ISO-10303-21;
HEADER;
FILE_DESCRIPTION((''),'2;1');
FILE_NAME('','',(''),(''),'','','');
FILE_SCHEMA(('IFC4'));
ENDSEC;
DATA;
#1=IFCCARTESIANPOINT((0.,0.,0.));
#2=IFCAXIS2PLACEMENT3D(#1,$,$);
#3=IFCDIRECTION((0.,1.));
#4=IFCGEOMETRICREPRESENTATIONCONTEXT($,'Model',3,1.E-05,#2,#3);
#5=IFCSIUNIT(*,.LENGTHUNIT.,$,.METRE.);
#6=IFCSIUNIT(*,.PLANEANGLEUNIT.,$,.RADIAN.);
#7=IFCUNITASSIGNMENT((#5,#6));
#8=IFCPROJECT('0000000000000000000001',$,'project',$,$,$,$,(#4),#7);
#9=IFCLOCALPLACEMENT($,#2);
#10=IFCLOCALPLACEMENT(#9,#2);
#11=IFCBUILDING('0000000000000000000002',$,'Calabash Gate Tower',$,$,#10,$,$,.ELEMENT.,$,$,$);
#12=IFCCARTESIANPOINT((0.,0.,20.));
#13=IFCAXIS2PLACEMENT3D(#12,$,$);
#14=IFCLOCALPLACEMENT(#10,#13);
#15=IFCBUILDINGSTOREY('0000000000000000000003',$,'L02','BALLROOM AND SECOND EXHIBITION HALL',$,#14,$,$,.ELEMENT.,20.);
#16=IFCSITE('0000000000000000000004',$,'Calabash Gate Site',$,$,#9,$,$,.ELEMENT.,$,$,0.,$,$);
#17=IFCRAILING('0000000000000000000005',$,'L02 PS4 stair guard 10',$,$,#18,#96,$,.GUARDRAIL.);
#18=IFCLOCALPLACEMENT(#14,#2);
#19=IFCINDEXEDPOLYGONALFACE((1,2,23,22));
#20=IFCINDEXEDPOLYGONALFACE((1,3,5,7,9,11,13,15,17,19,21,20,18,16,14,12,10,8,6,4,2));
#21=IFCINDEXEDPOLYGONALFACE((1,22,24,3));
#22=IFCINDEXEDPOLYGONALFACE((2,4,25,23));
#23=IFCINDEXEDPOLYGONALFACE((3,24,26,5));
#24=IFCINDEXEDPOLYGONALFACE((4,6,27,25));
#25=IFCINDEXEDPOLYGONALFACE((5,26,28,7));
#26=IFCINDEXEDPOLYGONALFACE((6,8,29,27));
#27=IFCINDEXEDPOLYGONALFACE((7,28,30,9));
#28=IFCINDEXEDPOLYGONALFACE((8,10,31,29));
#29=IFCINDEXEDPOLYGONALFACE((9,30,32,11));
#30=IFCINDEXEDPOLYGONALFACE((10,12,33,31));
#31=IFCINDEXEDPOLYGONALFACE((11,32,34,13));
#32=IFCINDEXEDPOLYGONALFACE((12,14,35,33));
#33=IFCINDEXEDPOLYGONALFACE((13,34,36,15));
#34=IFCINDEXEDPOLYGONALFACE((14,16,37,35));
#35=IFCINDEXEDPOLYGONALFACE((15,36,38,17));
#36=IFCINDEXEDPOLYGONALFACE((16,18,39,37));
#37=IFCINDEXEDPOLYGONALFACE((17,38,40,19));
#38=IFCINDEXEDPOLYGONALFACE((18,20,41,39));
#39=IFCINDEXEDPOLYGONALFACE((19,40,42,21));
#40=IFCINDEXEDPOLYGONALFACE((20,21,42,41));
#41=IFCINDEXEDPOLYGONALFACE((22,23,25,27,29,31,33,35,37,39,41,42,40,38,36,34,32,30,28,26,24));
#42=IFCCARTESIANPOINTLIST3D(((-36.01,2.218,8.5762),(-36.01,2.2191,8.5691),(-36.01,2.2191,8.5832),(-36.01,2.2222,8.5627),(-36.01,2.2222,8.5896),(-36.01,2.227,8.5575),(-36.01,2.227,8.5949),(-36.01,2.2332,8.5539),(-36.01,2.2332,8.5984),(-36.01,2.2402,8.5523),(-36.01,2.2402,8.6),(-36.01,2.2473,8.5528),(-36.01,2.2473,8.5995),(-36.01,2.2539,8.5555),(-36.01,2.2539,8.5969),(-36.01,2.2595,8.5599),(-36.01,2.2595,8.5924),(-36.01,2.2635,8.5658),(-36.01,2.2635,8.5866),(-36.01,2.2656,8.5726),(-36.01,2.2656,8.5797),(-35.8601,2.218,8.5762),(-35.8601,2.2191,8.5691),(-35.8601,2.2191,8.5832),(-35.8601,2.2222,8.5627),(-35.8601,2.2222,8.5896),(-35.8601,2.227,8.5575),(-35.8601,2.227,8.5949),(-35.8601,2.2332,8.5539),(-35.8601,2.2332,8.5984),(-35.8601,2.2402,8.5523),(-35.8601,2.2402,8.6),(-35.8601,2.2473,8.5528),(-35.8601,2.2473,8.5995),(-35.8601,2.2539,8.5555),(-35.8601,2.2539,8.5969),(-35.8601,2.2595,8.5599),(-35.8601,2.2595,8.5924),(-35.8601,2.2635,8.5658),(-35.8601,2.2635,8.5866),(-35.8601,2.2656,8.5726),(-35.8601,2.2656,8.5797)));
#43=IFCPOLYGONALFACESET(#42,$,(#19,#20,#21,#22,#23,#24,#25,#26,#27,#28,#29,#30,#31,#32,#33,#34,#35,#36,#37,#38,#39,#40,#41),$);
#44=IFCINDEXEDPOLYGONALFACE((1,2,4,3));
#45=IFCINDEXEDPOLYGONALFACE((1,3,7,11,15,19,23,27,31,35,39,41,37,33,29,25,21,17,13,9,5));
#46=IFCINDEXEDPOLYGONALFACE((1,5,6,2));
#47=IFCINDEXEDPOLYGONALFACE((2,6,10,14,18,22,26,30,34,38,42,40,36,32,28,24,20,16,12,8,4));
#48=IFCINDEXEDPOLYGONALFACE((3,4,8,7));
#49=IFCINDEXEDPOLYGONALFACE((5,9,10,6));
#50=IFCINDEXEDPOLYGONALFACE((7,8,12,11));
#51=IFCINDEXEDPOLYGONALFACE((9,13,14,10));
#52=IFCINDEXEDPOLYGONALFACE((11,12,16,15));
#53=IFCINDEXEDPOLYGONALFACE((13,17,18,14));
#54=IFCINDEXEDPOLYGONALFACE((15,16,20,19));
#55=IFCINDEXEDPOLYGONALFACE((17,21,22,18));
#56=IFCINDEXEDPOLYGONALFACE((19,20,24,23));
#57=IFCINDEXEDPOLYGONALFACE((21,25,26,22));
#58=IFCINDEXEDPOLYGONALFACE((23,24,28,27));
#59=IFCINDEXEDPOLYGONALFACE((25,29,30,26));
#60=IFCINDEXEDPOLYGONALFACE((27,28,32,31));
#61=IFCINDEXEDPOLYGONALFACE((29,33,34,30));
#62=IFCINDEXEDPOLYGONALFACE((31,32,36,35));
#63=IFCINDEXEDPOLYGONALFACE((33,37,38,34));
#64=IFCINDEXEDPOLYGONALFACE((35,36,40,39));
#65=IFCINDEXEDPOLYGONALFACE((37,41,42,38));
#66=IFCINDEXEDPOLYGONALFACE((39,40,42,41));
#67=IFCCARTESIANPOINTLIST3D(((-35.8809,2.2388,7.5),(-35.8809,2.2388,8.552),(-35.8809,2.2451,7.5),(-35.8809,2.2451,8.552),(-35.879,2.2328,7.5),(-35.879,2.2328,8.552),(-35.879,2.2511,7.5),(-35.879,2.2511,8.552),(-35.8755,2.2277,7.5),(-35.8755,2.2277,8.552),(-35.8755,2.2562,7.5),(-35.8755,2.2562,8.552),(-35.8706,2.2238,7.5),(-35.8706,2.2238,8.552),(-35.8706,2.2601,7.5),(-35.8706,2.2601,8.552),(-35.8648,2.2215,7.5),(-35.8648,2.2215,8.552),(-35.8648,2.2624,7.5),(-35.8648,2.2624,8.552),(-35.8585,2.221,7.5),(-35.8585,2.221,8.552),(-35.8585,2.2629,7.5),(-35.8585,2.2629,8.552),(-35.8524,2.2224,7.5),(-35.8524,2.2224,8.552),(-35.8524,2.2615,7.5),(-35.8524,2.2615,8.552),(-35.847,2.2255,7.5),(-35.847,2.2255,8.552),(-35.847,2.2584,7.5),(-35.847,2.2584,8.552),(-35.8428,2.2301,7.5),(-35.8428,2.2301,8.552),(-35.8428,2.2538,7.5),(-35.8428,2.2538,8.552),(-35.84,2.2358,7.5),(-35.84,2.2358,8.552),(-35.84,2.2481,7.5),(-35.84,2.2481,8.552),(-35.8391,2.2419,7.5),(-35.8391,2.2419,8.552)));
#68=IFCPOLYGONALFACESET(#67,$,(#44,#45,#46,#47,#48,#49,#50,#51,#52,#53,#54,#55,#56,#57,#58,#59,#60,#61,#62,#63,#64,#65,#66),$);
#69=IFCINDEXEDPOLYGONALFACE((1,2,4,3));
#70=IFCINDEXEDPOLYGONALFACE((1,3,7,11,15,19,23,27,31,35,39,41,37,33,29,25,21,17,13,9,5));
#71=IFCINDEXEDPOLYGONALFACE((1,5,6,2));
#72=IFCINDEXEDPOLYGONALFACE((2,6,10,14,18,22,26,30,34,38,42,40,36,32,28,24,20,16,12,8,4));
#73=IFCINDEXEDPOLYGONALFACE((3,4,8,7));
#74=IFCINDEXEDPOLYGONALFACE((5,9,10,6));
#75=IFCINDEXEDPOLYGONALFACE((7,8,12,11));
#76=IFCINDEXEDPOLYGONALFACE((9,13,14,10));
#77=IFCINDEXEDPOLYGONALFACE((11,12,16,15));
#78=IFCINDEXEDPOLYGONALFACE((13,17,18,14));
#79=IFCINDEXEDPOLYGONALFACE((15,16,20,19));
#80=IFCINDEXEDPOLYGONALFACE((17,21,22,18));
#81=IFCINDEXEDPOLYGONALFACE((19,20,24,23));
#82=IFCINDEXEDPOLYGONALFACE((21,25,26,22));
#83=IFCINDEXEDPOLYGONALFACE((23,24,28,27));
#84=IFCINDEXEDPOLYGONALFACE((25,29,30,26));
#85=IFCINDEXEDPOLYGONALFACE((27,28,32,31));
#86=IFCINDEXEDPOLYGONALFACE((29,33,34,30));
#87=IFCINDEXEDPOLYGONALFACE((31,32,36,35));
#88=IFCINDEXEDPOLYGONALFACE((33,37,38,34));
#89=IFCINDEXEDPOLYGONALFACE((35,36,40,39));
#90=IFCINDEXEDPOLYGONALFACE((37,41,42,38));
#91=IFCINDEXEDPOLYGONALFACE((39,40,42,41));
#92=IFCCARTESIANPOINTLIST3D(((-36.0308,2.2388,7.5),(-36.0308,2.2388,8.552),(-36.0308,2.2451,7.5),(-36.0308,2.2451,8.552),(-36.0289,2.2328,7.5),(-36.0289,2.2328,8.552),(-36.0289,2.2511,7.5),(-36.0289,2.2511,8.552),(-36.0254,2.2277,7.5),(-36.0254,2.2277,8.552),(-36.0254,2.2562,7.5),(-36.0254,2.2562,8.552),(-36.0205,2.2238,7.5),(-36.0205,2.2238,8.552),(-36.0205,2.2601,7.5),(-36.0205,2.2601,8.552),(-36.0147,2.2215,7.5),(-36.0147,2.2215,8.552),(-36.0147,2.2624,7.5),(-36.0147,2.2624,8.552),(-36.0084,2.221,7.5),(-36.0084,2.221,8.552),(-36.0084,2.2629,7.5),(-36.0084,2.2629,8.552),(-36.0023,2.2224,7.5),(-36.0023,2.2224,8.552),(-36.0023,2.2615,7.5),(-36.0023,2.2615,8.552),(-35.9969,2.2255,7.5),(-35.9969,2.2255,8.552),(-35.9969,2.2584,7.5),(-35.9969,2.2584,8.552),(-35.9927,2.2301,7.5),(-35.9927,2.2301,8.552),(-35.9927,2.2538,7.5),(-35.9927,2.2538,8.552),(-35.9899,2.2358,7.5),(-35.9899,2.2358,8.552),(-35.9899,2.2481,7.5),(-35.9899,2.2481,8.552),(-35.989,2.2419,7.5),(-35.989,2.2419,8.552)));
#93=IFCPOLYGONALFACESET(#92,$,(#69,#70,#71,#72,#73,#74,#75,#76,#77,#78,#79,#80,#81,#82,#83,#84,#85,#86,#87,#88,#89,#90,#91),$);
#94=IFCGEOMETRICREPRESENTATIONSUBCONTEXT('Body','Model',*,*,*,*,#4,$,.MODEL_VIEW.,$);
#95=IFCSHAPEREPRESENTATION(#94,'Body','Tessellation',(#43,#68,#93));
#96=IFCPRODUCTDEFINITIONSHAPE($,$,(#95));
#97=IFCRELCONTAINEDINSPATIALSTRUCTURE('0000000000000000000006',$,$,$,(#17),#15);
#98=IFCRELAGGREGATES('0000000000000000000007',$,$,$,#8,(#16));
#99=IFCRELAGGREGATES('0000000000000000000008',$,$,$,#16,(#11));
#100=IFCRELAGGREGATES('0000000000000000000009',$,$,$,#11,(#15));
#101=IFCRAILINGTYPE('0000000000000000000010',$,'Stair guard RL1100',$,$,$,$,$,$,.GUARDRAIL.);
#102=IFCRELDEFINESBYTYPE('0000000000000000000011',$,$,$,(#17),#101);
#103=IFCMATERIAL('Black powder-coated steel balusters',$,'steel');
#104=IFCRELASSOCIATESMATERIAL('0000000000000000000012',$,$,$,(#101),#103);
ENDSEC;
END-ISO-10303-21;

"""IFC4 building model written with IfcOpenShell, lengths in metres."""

from ifc_helpers import new_model, si_unit, direction, frame, origin, origin_2d, place, context, subcontext, project, spatial, circle, extrude, material, type_object, element, save


model = new_model("IFC4")

# Units and contexts
model_context = context("Model", 3, precision=1e-05, world=origin(), true_north=direction((0.0, 1.0)))
body_context = subcontext(model_context, "Body", "Model", "MODEL_VIEW")
ifc_project = project(units=[si_unit("LENGTHUNIT", "METRE"), si_unit("PLANEANGLEUNIT", "RADIAN")], contexts=[model_context])

# Site, building, storey
site_placement = place(None, origin())
site = spatial("IfcSite", under=ifc_project, at=site_placement, Name="Calabash Gate Site", CompositionType="ELEMENT", RefElevation=0.0)
building_placement = place(site_placement, origin())
building = spatial("IfcBuilding", under=site, at=building_placement, Name="Calabash Gate Tower", CompositionType="ELEMENT")
storey_placement = place(building_placement, frame((0.0, 0.0, 20.0)))
storey = spatial("IfcBuildingStorey", under=building, at=storey_placement, Name="L02", Description="BALLROOM AND SECOND EXHIBITION HALL", CompositionType="ELEMENT", Elevation=20.0)

# Railing
ifc_material_1 = material(Name="Black powder-coated steel balusters", Category="steel")
railing_type_1 = type_object("IfcRailingType", Name="Stair guard RL1100", PredefinedType="GUARDRAIL", material=ifc_material_1)
railing_1_placement = place(storey_placement, frame((-35.8601, 2.2419, 7.5)))
element("IfcRailing", 1, at=railing_1_placement, inside=storey, type_object=railing_type_1, Name="L02 PS4 stair guard 10", PredefinedType="GUARDRAIL", context=body_context, shape_type="SweptSolid", body=[
    extrude(circle(Radius=0.0239, at=origin_2d()), frame((0.0, 0.0, 1.0762), z_axis=(-1.0, 0.0, 0.0), x_axis=(0.0, -1.0, 0.0)), (0.0, 0.0, 1.0), 0.1499),
    extrude(circle(Radius=0.021, at=origin_2d()), origin(), (0.0, 0.0, 1.0), 1.052),
    extrude(circle(Radius=0.021, at=origin_2d()), frame((-0.1499, 0.0, 0.0)), (0.0, 0.0, 1.0), 1.052),
])

save(model, "model.ifc")
